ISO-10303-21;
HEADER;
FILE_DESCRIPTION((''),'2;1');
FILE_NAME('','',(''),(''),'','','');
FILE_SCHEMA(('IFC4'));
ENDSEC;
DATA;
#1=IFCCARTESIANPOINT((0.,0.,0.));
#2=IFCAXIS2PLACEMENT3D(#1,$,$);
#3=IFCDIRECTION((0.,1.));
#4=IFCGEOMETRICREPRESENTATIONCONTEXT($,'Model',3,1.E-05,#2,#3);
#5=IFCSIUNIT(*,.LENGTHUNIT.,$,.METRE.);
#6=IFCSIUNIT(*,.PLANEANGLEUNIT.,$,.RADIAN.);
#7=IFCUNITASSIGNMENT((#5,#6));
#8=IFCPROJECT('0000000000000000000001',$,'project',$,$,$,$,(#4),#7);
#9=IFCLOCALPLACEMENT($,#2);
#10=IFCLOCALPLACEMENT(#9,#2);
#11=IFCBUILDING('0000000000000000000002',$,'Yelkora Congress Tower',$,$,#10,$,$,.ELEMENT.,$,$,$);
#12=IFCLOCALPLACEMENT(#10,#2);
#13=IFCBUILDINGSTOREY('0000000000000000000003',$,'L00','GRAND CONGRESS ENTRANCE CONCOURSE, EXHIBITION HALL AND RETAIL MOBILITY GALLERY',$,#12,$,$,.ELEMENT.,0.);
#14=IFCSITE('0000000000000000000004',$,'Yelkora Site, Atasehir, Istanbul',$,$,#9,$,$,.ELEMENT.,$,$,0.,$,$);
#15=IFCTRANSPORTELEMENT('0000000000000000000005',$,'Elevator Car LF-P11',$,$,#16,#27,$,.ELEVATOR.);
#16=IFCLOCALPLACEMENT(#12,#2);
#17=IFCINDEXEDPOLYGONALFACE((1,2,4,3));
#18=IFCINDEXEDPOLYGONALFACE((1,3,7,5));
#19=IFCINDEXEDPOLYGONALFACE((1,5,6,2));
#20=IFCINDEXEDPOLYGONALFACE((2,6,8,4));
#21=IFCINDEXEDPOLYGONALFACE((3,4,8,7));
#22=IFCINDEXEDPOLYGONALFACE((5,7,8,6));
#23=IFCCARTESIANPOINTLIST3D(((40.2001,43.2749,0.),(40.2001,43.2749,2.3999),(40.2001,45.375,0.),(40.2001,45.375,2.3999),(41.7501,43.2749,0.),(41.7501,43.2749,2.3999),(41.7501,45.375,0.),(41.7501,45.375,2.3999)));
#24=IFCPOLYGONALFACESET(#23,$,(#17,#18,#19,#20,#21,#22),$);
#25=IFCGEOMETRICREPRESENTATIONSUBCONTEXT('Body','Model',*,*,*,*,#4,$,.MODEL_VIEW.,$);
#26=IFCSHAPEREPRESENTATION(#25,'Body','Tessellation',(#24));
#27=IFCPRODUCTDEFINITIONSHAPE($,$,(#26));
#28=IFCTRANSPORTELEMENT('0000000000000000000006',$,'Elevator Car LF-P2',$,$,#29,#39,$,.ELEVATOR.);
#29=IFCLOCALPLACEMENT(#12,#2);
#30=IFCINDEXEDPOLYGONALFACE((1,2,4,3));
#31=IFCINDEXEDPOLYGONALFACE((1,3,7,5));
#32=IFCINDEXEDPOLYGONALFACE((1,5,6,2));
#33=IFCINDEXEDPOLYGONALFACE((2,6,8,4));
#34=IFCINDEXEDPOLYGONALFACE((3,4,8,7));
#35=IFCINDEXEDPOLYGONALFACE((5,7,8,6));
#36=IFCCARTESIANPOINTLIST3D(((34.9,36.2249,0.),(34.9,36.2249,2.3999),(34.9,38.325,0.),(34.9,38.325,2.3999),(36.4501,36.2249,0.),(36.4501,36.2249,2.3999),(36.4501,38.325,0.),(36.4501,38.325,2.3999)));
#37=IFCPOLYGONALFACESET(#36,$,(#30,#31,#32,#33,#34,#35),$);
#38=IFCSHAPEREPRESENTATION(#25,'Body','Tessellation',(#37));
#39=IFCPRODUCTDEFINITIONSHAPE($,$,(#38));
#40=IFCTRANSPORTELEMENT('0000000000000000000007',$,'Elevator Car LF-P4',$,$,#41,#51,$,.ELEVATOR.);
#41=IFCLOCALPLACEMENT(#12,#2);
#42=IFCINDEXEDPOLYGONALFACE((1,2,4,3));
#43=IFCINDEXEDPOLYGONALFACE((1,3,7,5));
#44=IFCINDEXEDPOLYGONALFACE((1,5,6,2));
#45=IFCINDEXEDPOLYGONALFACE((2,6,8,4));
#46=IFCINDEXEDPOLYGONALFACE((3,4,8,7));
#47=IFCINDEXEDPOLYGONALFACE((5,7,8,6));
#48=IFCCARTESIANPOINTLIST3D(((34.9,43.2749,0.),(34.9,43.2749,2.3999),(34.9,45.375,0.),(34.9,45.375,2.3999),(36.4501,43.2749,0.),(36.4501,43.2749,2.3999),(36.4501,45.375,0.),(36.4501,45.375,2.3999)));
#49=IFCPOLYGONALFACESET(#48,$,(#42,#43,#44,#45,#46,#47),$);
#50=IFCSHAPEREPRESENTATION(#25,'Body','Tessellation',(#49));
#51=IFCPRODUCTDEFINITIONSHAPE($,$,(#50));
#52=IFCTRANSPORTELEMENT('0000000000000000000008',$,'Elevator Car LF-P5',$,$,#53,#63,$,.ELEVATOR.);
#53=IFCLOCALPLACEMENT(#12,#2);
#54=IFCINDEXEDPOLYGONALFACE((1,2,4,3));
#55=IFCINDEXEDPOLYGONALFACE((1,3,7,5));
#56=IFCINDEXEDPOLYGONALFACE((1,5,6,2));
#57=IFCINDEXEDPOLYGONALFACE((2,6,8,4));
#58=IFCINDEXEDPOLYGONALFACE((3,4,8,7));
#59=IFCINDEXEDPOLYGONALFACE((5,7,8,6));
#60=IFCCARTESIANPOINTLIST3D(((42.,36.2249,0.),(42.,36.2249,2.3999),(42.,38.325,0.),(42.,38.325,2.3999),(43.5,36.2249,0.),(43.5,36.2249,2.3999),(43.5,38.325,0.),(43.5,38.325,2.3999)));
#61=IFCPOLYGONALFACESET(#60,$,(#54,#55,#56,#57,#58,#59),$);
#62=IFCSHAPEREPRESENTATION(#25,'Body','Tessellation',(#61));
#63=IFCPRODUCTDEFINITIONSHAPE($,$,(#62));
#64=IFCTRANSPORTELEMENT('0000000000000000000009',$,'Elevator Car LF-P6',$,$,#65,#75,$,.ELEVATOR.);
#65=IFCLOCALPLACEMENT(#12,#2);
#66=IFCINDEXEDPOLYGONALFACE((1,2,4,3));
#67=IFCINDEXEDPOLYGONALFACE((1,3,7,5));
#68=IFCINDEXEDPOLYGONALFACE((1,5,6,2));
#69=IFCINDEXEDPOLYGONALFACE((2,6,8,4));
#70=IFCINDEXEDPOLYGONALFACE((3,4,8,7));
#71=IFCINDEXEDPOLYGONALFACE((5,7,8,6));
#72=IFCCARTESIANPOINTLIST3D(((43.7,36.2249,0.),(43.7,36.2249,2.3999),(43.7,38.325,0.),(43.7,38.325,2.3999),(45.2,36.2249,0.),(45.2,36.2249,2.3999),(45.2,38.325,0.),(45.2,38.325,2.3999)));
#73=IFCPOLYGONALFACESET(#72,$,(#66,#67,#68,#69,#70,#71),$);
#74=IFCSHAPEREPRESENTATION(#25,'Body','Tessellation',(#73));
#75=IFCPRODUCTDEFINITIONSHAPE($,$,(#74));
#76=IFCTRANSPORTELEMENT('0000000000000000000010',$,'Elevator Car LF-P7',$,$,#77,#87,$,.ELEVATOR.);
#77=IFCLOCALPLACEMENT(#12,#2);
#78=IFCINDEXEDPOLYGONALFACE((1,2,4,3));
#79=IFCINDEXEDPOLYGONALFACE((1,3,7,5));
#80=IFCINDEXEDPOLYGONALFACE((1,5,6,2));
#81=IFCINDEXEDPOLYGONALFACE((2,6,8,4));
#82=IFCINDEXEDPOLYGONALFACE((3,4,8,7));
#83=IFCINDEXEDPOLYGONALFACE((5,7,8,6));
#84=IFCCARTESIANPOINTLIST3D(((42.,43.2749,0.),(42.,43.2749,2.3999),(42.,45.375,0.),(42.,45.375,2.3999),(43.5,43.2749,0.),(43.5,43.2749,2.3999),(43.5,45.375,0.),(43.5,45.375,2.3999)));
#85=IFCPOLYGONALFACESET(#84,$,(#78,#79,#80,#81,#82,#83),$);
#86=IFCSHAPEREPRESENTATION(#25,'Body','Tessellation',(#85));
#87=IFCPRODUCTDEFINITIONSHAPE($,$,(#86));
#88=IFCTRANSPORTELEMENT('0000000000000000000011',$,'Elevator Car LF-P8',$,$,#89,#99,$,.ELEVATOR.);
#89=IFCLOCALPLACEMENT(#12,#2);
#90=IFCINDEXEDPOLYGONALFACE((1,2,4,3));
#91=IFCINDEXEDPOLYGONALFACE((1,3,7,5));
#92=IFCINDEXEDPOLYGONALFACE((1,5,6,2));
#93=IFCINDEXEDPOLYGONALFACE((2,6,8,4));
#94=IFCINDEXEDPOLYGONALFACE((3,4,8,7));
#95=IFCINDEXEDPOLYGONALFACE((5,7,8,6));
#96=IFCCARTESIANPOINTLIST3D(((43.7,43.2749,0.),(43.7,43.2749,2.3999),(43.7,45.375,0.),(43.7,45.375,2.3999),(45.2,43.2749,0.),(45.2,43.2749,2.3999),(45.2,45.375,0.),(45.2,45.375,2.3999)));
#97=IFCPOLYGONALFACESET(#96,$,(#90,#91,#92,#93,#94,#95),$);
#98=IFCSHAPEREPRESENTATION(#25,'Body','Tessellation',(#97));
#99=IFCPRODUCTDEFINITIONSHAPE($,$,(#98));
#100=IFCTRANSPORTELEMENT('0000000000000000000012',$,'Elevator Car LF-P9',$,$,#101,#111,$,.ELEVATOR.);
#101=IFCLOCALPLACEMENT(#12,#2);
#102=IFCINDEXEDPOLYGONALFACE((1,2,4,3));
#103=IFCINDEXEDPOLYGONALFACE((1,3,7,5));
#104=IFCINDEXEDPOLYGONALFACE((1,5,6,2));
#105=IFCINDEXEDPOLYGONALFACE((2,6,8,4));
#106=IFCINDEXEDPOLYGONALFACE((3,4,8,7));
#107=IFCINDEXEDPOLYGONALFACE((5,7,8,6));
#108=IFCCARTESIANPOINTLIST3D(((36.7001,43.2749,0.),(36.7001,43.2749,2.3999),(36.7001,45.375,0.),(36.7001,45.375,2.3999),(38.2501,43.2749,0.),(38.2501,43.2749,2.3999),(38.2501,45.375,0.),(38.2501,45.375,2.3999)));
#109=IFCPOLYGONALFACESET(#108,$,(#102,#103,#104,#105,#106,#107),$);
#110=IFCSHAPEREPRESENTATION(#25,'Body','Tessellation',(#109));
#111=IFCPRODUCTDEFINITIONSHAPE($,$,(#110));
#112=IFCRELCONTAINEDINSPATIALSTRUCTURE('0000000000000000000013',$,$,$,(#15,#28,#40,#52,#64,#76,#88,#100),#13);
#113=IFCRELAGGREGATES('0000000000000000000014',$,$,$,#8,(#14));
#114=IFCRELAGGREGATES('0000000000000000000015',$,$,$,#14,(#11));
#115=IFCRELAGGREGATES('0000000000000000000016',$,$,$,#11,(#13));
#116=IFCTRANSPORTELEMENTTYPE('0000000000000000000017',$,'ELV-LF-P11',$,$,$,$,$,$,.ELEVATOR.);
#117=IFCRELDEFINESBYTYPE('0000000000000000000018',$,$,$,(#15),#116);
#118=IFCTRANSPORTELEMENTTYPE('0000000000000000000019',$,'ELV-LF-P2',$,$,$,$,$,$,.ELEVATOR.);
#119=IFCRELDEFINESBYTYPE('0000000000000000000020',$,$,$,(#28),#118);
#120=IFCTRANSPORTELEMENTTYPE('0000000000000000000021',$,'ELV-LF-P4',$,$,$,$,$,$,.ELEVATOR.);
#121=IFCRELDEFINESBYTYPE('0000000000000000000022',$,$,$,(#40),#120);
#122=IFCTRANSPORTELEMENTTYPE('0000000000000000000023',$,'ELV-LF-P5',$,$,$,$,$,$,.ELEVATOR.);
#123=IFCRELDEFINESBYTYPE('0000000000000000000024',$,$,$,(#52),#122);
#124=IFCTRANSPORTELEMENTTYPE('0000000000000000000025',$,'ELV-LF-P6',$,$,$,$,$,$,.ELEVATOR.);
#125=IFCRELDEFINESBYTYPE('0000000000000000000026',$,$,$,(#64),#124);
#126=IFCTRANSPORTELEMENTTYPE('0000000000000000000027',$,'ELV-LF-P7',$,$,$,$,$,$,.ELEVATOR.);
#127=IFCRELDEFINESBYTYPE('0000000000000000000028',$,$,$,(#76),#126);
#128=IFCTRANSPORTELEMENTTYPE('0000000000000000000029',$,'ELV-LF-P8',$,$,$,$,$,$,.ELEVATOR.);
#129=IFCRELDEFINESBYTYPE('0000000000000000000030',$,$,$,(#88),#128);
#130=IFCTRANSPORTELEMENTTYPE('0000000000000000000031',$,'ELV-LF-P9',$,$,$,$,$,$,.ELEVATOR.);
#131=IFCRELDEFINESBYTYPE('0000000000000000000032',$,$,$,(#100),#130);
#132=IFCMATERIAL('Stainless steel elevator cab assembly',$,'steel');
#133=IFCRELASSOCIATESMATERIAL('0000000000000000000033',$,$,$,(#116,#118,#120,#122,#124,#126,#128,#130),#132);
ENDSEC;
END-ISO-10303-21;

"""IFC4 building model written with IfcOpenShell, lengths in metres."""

from ifc_helpers import new_model, si_unit, direction, frame, origin, origin_2d, place, context, subcontext, project, spatial, rectangle, extrude, material, type_object, element, save


model = new_model("IFC4")

# Units and contexts
model_context = context("Model", 3, precision=1e-05, world=origin(), true_north=direction((0.0, 1.0)))
body_context = subcontext(model_context, "Body", "Model", "MODEL_VIEW")
ifc_project = project(units=[si_unit("LENGTHUNIT", "METRE"), si_unit("PLANEANGLEUNIT", "RADIAN")], contexts=[model_context])

# Site, building, storey
site_placement = place(None, origin())
site = spatial("IfcSite", under=ifc_project, at=site_placement, Name="Yelkora Site, Atasehir, Istanbul", CompositionType="ELEMENT", RefElevation=0.0)
building_placement = place(site_placement, origin())
building = spatial("IfcBuilding", under=site, at=building_placement, Name="Yelkora Congress Tower", CompositionType="ELEMENT")
storey_placement = place(building_placement, origin())
storey = spatial("IfcBuildingStorey", under=building, at=storey_placement, Name="L00", Description="GRAND CONGRESS ENTRANCE CONCOURSE, EXHIBITION HALL AND RETAIL MOBILITY GALLERY", CompositionType="ELEMENT", Elevation=0.0)

# Transport elements
ifc_material_1 = material(Name="Stainless steel elevator cab assembly", Category="steel")
transport_element_type_1 = type_object("IfcTransportElementType", Name="ELV-LF-P11", PredefinedType="ELEVATOR", material=ifc_material_1)
transport_element_1_placement = place(storey_placement, frame((40.9751, 44.325, 0.0), z_axis=(0.0, 0.0, 1.0), x_axis=(1.0, 0.0, 0.0)))
element("IfcTransportElement", 1, at=transport_element_1_placement, inside=storey, type_object=transport_element_type_1, Name="Elevator Car LF-P11", PredefinedType="ELEVATOR", context=body_context, shape_type="SweptSolid", body=[
    extrude(rectangle(XDim=1.55, YDim=2.1001, at=origin_2d()), origin(), (0.0, 0.0, 1.0), 2.3999),
])
transport_element_type_2 = type_object("IfcTransportElementType", Name="ELV-LF-P2", PredefinedType="ELEVATOR", material=ifc_material_1)
transport_element_2_placement = place(storey_placement, frame((35.675, 37.2749, 0.0), z_axis=(0.0, 0.0, 1.0), x_axis=(1.0, 0.0, 0.0)))
element("IfcTransportElement", 2, at=transport_element_2_placement, inside=storey, type_object=transport_element_type_2, Name="Elevator Car LF-P2", PredefinedType="ELEVATOR", context=body_context, shape_type="SweptSolid", body=[
    extrude(rectangle(XDim=1.55, YDim=2.1001, at=origin_2d()), origin(), (0.0, 0.0, 1.0), 2.3999),
])
transport_element_type_3 = type_object("IfcTransportElementType", Name="ELV-LF-P4", PredefinedType="ELEVATOR", material=ifc_material_1)
transport_element_3_placement = place(storey_placement, frame((35.675, 44.325, 0.0), z_axis=(0.0, 0.0, 1.0), x_axis=(1.0, 0.0, 0.0)))
element("IfcTransportElement", 3, at=transport_element_3_placement, inside=storey, type_object=transport_element_type_3, Name="Elevator Car LF-P4", PredefinedType="ELEVATOR", context=body_context, shape_type="SweptSolid", body=[
    extrude(rectangle(XDim=1.55, YDim=2.1001, at=origin_2d()), origin(), (0.0, 0.0, 1.0), 2.3999),
])
transport_element_type_4 = type_object("IfcTransportElementType", Name="ELV-LF-P5", PredefinedType="ELEVATOR", material=ifc_material_1)
transport_element_4_placement = place(storey_placement, frame((42.75, 37.2749, 0.0), z_axis=(0.0, 0.0, 1.0), x_axis=(1.0, 0.0, 0.0)))
element("IfcTransportElement", 4, at=transport_element_4_placement, inside=storey, type_object=transport_element_type_4, Name="Elevator Car LF-P5", PredefinedType="ELEVATOR", context=body_context, shape_type="SweptSolid", body=[
    extrude(rectangle(XDim=1.5, YDim=2.1001, at=origin_2d()), origin(), (0.0, 0.0, 1.0), 2.3999),
])
transport_element_type_5 = type_object("IfcTransportElementType", Name="ELV-LF-P6", PredefinedType="ELEVATOR", material=ifc_material_1)
transport_element_5_placement = place(storey_placement, frame((44.45, 37.2749, 0.0), z_axis=(0.0, 0.0, 1.0), x_axis=(1.0, 0.0, 0.0)))
element("IfcTransportElement", 5, at=transport_element_5_placement, inside=storey, type_object=transport_element_type_5, Name="Elevator Car LF-P6", PredefinedType="ELEVATOR", context=body_context, shape_type="SweptSolid", body=[
    extrude(rectangle(XDim=1.5, YDim=2.1001, at=origin_2d()), origin(), (0.0, 0.0, 1.0), 2.3999),
])
transport_element_type_6 = type_object("IfcTransportElementType", Name="ELV-LF-P7", PredefinedType="ELEVATOR", material=ifc_material_1)
transport_element_6_placement = place(storey_placement, frame((42.75, 44.325, 0.0), z_axis=(0.0, 0.0, 1.0), x_axis=(1.0, 0.0, 0.0)))
element("IfcTransportElement", 6, at=transport_element_6_placement, inside=storey, type_object=transport_element_type_6, Name="Elevator Car LF-P7", PredefinedType="ELEVATOR", context=body_context, shape_type="SweptSolid", body=[
    extrude(rectangle(XDim=1.5, YDim=2.1001, at=origin_2d()), origin(), (0.0, 0.0, 1.0), 2.3999),
])
transport_element_type_7 = type_object("IfcTransportElementType", Name="ELV-LF-P8", PredefinedType="ELEVATOR", material=ifc_material_1)
transport_element_7_placement = place(storey_placement, frame((44.45, 44.325, 0.0), z_axis=(0.0, 0.0, 1.0), x_axis=(1.0, 0.0, 0.0)))
element("IfcTransportElement", 7, at=transport_element_7_placement, inside=storey, type_object=transport_element_type_7, Name="Elevator Car LF-P8", PredefinedType="ELEVATOR", context=body_context, shape_type="SweptSolid", body=[
    extrude(rectangle(XDim=1.5, YDim=2.1001, at=origin_2d()), origin(), (0.0, 0.0, 1.0), 2.3999),
])
transport_element_type_8 = type_object("IfcTransportElementType", Name="ELV-LF-P9", PredefinedType="ELEVATOR", material=ifc_material_1)
transport_element_8_placement = place(storey_placement, frame((37.4751, 44.325, 0.0), z_axis=(0.0, 0.0, 1.0), x_axis=(1.0, 0.0, 0.0)))
element("IfcTransportElement", 8, at=transport_element_8_placement, inside=storey, type_object=transport_element_type_8, Name="Elevator Car LF-P9", PredefinedType="ELEVATOR", context=body_context, shape_type="SweptSolid", body=[
    extrude(rectangle(XDim=1.55, YDim=2.1001, at=origin_2d()), origin(), (0.0, 0.0, 1.0), 2.3999),
])

save(model, "model.ifc")
